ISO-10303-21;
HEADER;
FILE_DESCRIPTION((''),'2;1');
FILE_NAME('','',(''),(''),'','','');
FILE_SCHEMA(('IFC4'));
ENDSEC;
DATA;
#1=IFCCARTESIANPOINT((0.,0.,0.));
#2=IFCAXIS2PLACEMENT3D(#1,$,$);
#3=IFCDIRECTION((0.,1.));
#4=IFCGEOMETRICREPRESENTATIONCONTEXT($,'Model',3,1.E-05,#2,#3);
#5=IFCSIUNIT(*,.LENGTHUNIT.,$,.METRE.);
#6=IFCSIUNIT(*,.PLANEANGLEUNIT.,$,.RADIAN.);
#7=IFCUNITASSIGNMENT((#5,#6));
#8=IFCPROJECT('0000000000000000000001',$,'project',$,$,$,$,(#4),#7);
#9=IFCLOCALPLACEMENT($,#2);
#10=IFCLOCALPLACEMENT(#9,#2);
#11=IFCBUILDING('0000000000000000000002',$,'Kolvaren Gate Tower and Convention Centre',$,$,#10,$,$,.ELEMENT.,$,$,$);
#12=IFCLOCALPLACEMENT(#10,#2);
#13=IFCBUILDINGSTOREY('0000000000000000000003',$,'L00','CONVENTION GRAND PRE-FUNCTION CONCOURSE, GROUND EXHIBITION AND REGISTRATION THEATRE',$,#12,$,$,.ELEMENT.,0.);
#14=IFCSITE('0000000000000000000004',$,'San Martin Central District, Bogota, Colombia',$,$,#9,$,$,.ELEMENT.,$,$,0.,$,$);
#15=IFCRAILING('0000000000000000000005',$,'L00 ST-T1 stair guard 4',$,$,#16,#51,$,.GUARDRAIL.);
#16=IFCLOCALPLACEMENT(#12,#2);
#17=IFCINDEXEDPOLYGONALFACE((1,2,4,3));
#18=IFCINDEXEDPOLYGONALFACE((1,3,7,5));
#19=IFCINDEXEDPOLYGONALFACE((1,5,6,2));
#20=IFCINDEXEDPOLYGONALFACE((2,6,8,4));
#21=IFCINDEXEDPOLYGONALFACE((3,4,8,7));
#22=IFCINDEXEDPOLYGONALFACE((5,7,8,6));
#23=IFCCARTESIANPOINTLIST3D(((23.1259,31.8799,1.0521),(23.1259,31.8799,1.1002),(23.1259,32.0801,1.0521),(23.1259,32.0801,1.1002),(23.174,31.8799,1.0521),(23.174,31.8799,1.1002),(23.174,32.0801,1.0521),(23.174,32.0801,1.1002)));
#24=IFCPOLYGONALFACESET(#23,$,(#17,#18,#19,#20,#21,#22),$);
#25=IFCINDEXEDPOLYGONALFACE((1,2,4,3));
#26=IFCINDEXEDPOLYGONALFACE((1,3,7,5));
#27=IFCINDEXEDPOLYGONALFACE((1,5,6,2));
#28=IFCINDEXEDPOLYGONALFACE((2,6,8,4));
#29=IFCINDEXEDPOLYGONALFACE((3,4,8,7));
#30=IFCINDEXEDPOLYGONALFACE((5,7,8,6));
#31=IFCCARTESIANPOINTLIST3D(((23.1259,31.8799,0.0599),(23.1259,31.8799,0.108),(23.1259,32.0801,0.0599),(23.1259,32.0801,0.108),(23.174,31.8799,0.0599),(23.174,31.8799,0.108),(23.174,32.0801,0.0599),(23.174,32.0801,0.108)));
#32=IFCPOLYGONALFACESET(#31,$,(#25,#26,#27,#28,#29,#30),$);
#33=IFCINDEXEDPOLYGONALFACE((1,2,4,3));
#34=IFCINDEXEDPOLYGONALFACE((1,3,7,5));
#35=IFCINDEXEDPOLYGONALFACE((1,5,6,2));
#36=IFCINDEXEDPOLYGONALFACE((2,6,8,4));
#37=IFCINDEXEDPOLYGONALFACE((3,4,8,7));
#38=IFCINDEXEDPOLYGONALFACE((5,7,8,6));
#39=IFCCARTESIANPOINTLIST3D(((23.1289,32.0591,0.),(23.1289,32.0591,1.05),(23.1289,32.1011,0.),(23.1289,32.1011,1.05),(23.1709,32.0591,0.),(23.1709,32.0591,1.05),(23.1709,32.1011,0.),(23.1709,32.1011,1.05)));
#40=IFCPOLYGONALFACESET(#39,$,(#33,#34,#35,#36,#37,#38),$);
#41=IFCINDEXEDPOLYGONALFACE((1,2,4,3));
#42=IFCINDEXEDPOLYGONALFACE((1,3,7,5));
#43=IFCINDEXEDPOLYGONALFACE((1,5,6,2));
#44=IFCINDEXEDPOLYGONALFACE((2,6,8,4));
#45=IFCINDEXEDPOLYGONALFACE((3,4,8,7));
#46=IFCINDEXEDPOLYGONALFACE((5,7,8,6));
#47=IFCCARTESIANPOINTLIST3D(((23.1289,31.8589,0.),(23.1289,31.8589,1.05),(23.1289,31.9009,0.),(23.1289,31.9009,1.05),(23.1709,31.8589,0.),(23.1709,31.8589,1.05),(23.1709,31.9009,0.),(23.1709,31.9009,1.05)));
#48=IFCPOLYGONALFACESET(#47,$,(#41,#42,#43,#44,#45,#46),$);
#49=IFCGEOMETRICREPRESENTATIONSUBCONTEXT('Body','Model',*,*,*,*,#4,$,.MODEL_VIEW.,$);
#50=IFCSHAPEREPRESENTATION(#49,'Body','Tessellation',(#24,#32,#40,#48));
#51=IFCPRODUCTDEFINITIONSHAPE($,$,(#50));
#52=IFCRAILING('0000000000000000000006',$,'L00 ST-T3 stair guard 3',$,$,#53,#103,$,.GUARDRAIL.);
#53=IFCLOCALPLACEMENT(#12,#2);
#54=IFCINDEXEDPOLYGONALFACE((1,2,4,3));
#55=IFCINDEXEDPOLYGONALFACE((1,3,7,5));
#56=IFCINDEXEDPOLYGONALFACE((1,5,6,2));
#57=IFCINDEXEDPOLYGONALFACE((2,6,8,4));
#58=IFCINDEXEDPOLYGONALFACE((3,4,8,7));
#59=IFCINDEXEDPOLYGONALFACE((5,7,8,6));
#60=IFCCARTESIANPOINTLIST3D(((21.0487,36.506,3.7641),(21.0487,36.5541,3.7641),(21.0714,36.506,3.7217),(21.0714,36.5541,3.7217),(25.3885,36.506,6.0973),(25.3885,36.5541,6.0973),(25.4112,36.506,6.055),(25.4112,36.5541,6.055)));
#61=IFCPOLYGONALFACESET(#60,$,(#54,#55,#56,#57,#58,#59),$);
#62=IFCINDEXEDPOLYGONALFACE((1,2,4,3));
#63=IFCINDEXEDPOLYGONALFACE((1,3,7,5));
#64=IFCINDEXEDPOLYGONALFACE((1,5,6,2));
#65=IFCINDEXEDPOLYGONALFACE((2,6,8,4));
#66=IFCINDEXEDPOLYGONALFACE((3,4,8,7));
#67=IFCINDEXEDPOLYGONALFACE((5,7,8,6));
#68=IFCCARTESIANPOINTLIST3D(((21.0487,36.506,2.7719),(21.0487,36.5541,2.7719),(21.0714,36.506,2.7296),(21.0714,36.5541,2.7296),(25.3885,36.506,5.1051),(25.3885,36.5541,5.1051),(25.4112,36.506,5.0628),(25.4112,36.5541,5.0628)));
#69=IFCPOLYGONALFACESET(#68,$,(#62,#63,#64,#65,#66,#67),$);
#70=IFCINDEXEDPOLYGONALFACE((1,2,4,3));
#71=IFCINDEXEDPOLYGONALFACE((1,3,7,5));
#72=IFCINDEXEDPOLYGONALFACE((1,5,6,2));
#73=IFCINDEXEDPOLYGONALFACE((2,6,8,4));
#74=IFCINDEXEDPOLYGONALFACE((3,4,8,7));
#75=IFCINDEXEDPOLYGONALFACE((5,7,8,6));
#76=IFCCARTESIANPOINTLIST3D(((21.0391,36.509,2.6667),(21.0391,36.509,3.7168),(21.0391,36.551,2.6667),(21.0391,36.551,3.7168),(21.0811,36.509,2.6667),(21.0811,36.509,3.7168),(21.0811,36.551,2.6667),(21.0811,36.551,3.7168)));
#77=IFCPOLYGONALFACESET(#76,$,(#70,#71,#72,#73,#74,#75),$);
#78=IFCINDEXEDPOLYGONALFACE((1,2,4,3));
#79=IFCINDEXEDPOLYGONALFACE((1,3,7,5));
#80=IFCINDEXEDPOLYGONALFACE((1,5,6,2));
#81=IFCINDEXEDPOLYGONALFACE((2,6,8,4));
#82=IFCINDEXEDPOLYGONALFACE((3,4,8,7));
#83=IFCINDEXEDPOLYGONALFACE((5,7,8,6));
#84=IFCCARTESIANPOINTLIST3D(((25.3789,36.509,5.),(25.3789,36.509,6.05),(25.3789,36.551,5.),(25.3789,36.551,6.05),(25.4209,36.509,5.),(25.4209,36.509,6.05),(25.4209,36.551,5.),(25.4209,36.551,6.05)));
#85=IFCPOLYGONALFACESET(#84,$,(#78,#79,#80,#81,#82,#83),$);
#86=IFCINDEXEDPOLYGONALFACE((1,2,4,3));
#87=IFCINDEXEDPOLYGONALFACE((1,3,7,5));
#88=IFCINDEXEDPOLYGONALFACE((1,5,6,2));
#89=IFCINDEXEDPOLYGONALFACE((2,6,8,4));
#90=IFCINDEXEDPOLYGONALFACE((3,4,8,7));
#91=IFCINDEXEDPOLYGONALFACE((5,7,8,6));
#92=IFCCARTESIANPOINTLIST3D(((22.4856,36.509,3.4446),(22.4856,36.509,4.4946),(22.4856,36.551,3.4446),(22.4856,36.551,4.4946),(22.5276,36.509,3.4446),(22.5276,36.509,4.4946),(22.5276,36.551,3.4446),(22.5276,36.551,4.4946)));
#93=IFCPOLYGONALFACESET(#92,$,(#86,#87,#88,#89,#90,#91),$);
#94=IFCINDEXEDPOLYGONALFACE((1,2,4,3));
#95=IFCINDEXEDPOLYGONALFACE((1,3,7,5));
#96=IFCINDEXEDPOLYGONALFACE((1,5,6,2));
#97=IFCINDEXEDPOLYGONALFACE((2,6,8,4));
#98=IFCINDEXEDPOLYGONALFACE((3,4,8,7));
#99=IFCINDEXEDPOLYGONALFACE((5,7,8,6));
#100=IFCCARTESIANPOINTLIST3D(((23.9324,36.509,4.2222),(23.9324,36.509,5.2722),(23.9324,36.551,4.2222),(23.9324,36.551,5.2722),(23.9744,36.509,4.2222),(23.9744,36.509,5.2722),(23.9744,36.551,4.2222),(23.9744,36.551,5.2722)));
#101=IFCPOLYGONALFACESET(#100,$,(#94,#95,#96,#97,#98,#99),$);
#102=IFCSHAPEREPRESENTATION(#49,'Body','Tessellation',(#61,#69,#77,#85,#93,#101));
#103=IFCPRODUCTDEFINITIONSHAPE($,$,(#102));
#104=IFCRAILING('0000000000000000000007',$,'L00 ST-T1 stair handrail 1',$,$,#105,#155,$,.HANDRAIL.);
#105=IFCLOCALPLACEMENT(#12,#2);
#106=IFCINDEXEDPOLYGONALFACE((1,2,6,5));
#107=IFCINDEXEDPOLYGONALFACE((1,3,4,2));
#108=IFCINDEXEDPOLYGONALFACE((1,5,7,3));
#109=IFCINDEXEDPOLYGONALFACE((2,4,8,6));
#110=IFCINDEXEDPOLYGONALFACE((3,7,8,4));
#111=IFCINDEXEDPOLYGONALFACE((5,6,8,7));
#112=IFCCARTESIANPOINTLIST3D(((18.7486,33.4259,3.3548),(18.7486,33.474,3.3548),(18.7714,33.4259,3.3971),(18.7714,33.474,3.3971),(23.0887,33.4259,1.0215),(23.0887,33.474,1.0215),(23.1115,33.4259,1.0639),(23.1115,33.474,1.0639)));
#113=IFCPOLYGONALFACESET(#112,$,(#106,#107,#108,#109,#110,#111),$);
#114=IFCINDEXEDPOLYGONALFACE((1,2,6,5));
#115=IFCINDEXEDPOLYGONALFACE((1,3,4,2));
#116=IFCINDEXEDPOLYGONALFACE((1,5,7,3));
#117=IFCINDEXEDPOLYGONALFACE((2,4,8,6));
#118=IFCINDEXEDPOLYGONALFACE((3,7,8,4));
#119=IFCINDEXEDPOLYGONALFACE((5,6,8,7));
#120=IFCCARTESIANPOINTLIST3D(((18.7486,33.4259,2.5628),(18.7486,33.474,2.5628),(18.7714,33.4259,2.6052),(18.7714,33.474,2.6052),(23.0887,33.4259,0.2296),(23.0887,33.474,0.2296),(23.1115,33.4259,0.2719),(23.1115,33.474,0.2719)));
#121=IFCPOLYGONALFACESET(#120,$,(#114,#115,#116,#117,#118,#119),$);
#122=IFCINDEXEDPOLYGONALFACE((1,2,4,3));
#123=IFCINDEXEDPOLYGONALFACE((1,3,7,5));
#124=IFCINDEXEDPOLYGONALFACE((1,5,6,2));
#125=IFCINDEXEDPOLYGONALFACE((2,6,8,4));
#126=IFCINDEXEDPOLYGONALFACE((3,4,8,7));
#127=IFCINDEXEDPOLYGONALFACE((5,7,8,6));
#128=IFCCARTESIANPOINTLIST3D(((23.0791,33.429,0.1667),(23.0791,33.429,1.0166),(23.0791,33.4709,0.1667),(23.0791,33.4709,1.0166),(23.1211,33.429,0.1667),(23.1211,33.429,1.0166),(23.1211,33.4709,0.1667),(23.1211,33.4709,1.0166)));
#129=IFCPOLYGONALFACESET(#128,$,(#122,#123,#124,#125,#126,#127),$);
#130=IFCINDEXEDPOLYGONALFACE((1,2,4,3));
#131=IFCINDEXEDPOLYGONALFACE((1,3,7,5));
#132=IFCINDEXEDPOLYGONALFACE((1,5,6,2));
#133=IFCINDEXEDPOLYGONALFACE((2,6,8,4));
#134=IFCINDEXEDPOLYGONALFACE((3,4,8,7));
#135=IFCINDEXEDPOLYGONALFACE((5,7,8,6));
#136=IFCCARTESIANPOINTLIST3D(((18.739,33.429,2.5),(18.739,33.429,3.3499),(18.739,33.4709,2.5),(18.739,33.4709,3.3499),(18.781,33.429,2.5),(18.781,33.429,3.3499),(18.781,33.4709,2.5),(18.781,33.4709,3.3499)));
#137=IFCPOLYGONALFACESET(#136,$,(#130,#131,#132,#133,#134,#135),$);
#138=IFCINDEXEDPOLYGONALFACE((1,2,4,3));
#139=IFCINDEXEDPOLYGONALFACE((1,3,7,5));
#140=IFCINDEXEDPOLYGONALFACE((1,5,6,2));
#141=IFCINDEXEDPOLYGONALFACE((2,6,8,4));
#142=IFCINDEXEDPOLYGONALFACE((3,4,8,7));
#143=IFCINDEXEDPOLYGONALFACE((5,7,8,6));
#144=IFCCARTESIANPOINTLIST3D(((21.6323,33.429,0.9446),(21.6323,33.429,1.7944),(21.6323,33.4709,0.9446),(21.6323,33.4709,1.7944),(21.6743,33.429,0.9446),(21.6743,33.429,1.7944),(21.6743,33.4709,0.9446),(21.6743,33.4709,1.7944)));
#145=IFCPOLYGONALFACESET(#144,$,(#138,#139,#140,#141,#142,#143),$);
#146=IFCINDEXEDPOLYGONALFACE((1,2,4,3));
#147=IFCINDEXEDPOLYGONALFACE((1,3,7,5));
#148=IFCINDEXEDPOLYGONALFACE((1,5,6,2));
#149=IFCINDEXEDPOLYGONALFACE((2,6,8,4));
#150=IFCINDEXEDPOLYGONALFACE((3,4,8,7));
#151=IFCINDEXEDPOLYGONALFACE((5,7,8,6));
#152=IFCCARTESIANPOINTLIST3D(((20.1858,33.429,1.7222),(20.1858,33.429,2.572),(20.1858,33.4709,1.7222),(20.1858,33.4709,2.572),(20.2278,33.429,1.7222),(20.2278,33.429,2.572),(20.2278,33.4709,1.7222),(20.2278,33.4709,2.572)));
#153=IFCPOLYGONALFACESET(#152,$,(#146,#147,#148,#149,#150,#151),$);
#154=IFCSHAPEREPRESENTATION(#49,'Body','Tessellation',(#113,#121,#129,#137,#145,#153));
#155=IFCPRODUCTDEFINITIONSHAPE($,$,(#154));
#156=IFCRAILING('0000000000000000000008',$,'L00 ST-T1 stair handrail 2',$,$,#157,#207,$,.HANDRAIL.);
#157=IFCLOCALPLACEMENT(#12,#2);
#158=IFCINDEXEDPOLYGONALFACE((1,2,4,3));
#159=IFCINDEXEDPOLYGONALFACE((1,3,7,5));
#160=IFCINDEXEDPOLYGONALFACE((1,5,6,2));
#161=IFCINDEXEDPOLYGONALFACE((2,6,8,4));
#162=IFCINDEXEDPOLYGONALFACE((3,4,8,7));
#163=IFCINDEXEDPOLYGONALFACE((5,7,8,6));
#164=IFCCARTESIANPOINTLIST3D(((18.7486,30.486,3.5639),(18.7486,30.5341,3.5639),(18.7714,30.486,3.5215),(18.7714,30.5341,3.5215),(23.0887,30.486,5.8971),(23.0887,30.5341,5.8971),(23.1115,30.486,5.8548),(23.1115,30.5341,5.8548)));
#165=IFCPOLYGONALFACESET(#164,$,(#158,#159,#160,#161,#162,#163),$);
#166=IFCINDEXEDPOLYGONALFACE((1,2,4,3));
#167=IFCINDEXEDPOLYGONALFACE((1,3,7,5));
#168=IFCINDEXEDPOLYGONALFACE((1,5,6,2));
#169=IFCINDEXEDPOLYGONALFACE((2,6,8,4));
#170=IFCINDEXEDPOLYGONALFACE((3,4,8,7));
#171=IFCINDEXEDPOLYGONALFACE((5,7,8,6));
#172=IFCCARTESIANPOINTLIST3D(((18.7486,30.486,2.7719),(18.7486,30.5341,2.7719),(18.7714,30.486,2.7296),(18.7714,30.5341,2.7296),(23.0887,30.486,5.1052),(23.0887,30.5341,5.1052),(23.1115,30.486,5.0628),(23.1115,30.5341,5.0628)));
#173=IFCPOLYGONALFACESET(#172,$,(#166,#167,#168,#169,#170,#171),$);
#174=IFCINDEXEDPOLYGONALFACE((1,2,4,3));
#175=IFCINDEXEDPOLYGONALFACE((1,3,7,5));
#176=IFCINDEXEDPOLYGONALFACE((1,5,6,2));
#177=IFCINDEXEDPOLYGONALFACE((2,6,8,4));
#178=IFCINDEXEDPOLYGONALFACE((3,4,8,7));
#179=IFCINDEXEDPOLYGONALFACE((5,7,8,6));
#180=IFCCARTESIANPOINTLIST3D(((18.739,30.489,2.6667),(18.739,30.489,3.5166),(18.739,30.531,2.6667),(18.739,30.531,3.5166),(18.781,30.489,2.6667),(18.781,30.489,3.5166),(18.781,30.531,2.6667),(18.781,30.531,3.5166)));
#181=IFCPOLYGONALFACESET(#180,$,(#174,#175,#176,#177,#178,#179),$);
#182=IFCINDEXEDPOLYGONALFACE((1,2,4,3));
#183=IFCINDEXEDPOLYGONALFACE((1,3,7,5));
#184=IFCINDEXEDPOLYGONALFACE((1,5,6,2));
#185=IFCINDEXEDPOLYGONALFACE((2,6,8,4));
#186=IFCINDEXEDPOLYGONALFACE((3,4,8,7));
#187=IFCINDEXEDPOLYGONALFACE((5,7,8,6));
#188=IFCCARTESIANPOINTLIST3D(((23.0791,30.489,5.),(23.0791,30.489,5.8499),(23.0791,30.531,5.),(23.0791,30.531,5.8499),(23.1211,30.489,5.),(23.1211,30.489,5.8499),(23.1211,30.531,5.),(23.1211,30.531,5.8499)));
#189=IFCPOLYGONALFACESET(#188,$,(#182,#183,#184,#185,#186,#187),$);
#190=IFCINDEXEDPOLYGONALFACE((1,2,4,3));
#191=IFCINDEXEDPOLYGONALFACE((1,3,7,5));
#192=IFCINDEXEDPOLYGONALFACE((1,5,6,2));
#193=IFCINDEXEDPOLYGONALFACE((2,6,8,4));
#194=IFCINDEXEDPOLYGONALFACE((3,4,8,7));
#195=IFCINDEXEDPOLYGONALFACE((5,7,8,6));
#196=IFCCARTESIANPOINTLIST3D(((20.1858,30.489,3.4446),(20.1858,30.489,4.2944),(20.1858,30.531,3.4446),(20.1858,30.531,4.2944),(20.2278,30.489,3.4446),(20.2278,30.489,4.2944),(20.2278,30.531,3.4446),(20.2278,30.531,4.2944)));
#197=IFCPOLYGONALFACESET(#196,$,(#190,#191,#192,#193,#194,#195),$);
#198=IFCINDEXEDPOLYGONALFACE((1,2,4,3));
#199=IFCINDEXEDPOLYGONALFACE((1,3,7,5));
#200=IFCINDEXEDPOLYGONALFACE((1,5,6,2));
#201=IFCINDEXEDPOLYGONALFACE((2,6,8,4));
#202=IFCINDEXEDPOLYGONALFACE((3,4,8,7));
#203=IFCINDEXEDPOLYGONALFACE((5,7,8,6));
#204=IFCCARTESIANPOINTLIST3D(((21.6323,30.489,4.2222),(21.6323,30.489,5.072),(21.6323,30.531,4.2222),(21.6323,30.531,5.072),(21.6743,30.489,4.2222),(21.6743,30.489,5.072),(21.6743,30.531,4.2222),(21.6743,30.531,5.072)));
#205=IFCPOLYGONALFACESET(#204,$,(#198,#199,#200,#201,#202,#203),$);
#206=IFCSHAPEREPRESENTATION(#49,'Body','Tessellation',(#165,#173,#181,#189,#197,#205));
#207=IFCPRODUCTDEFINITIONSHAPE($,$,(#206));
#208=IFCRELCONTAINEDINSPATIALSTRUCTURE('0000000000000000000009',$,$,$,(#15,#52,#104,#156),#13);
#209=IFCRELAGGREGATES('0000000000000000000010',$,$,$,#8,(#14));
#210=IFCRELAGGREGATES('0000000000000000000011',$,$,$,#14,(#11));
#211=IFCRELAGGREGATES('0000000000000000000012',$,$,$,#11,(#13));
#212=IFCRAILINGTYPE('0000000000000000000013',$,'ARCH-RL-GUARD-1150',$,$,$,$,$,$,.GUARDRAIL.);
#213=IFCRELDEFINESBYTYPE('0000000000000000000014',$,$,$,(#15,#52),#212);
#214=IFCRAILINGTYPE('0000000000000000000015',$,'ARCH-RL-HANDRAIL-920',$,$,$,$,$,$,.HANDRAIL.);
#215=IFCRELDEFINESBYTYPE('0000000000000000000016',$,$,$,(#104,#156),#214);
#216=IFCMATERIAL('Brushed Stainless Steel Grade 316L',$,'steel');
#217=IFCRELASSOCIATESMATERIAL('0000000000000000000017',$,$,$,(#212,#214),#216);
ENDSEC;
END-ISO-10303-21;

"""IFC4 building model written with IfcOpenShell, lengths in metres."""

from ifc_helpers import new_model, si_unit, direction, frame, origin, origin_2d, place, context, subcontext, project, spatial, rectangle, extrude, material, type_object, element, save


model = new_model("IFC4")

# Units and contexts
model_context = context("Model", 3, precision=1e-05, world=origin(), true_north=direction((0.0, 1.0)))
body_context = subcontext(model_context, "Body", "Model", "MODEL_VIEW")
ifc_project = project(units=[si_unit("LENGTHUNIT", "METRE"), si_unit("PLANEANGLEUNIT", "RADIAN")], contexts=[model_context])

# Site, building, storey
site_placement = place(None, origin())
site = spatial("IfcSite", under=ifc_project, at=site_placement, Name="San Martin Central District, Bogota, Colombia", CompositionType="ELEMENT", RefElevation=0.0)
building_placement = place(site_placement, origin())
building = spatial("IfcBuilding", under=site, at=building_placement, Name="Kolvaren Gate Tower and Convention Centre", CompositionType="ELEMENT")
storey_placement = place(building_placement, origin())
storey = spatial("IfcBuildingStorey", under=building, at=storey_placement, Name="L00", Description="CONVENTION GRAND PRE-FUNCTION CONCOURSE, GROUND EXHIBITION AND REGISTRATION THEATRE", CompositionType="ELEMENT", Elevation=0.0)

# Shared definitions
ifc_material_1 = material(Name="Brushed Stainless Steel Grade 316L", Category="steel")

# Railings
railing_type_1 = type_object("IfcRailingType", Name="ARCH-RL-GUARD-1150", PredefinedType="GUARDRAIL", material=ifc_material_1)
railing_1_placement = place(storey_placement, frame((23.1499, 32.0801, 0.0)))
element("IfcRailing", 1, at=railing_1_placement, inside=storey, type_object=railing_type_1, Name="L00 ST-T1 stair guard 4", PredefinedType="GUARDRAIL", context=body_context, shape_type="SweptSolid", body=[
    extrude(rectangle(XDim=0.0481, YDim=0.0481, at=origin_2d()), frame((0.0, 0.0, 1.0762), z_axis=(0.0, -1.0, 0.0), x_axis=(1.0, 0.0, 0.0)), (0.0, 0.0, 1.0), 0.2002),
    extrude(rectangle(XDim=0.0481, YDim=0.0481, at=origin_2d()), frame((0.0, 0.0, 0.084), z_axis=(0.0, -1.0, 0.0), x_axis=(1.0, 0.0, 0.0)), (0.0, 0.0, 1.0), 0.2002),
    extrude(rectangle(XDim=0.042, YDim=0.042, at=origin_2d()), origin(), (0.0, 0.0, 1.0), 1.05),
    extrude(rectangle(XDim=0.042, YDim=0.042, at=origin_2d()), frame((0.0, -0.2002, 0.0)), (0.0, 0.0, 1.0), 1.05),
])
railing_2_placement = place(storey_placement, frame((21.0601, 36.53, 2.6667)))
element("IfcRailing", 2, at=railing_2_placement, inside=storey, type_object=railing_type_1, Name="L00 ST-T3 stair guard 3", PredefinedType="GUARDRAIL", context=body_context, shape_type="SweptSolid", body=[
    extrude(rectangle(XDim=0.0481, YDim=0.0481, at=origin_2d()), frame((0.0, 0.0, 1.0762), z_axis=(0.880775, 0.0, 0.473535), x_axis=(0.0, 1.0, 0.0)), (0.0, 0.0, 1.0), 4.9272),
    extrude(rectangle(XDim=0.0481, YDim=0.0481, at=origin_2d()), frame((0.0, 0.0, 0.084), z_axis=(0.880775, 0.0, 0.473535), x_axis=(0.0, 1.0, 0.0)), (0.0, 0.0, 1.0), 4.9272),
    extrude(rectangle(XDim=0.042, YDim=0.042, at=origin_2d()), origin(), (0.0, 0.0, 1.0), 1.05),
    extrude(rectangle(XDim=0.042, YDim=0.042, at=origin_2d()), frame((4.3398, 0.0, 2.3333)), (0.0, 0.0, 1.0), 1.05),
    extrude(rectangle(XDim=0.042, YDim=0.042, at=origin_2d()), frame((1.4465, 0.0, 0.7778)), (0.0, 0.0, 1.0), 1.05),
    extrude(rectangle(XDim=0.042, YDim=0.042, at=origin_2d()), frame((2.8933, 0.0, 1.5554)), (0.0, 0.0, 1.0), 1.05),
])
railing_type_2 = type_object("IfcRailingType", Name="ARCH-RL-HANDRAIL-920", PredefinedType="HANDRAIL", material=ifc_material_1)
railing_3_placement = place(storey_placement, frame((23.1001, 33.45, 0.1667)))
element("IfcRailing", 3, at=railing_3_placement, inside=storey, type_object=railing_type_2, Name="L00 ST-T1 stair handrail 1", PredefinedType="HANDRAIL", context=body_context, shape_type="SweptSolid", body=[
    extrude(rectangle(XDim=0.0481, YDim=0.0481, at=origin_2d()), frame((0.0, 0.0, 0.876), z_axis=(-0.880786, 0.0, 0.473515), x_axis=(0.0, -1.0, 0.0)), (0.0, 0.0, 1.0), 4.9275),
    extrude(rectangle(XDim=0.0481, YDim=0.0481, at=origin_2d()), frame((0.0, 0.0, 0.084), z_axis=(-0.880786, 0.0, 0.473515), x_axis=(0.0, -1.0, 0.0)), (0.0, 0.0, 1.0), 4.9275),
    extrude(rectangle(XDim=0.042, YDim=0.042, at=origin_2d()), origin(), (0.0, 0.0, 1.0), 0.8499),
    extrude(rectangle(XDim=0.042, YDim=0.042, at=origin_2d()), frame((-4.3401, 0.0, 2.3333)), (0.0, 0.0, 1.0), 0.8499),
    extrude(rectangle(XDim=0.042, YDim=0.042, at=origin_2d()), frame((-1.4468, 0.0, 0.7778)), (0.0, 0.0, 1.0), 0.8499),
    extrude(rectangle(XDim=0.042, YDim=0.042, at=origin_2d()), frame((-2.8933, 0.0, 1.5554)), (0.0, 0.0, 1.0), 0.8499),
])
railing_4_placement = place(storey_placement, frame((18.76, 30.51, 2.6667)))
element("IfcRailing", 4, at=railing_4_placement, inside=storey, type_object=railing_type_2, Name="L00 ST-T1 stair handrail 2", PredefinedType="HANDRAIL", context=body_context, shape_type="SweptSolid", body=[
    extrude(rectangle(XDim=0.0481, YDim=0.0481, at=origin_2d()), frame((0.0, 0.0, 0.876), z_axis=(0.880786, 0.0, 0.473515), x_axis=(0.0, 1.0, 0.0)), (0.0, 0.0, 1.0), 4.9275),
    extrude(rectangle(XDim=0.0481, YDim=0.0481, at=origin_2d()), frame((0.0, 0.0, 0.084), z_axis=(0.880786, 0.0, 0.473515), x_axis=(0.0, 1.0, 0.0)), (0.0, 0.0, 1.0), 4.9275),
    extrude(rectangle(XDim=0.042, YDim=0.042, at=origin_2d()), origin(), (0.0, 0.0, 1.0), 0.8499),
    extrude(rectangle(XDim=0.042, YDim=0.042, at=origin_2d()), frame((4.3401, 0.0, 2.3333)), (0.0, 0.0, 1.0), 0.8499),
    extrude(rectangle(XDim=0.042, YDim=0.042, at=origin_2d()), frame((1.4468, 0.0, 0.7778)), (0.0, 0.0, 1.0), 0.8499),
    extrude(rectangle(XDim=0.042, YDim=0.042, at=origin_2d()), frame((2.8933, 0.0, 1.5554)), (0.0, 0.0, 1.0), 0.8499),
])

save(model, "model.ifc")
